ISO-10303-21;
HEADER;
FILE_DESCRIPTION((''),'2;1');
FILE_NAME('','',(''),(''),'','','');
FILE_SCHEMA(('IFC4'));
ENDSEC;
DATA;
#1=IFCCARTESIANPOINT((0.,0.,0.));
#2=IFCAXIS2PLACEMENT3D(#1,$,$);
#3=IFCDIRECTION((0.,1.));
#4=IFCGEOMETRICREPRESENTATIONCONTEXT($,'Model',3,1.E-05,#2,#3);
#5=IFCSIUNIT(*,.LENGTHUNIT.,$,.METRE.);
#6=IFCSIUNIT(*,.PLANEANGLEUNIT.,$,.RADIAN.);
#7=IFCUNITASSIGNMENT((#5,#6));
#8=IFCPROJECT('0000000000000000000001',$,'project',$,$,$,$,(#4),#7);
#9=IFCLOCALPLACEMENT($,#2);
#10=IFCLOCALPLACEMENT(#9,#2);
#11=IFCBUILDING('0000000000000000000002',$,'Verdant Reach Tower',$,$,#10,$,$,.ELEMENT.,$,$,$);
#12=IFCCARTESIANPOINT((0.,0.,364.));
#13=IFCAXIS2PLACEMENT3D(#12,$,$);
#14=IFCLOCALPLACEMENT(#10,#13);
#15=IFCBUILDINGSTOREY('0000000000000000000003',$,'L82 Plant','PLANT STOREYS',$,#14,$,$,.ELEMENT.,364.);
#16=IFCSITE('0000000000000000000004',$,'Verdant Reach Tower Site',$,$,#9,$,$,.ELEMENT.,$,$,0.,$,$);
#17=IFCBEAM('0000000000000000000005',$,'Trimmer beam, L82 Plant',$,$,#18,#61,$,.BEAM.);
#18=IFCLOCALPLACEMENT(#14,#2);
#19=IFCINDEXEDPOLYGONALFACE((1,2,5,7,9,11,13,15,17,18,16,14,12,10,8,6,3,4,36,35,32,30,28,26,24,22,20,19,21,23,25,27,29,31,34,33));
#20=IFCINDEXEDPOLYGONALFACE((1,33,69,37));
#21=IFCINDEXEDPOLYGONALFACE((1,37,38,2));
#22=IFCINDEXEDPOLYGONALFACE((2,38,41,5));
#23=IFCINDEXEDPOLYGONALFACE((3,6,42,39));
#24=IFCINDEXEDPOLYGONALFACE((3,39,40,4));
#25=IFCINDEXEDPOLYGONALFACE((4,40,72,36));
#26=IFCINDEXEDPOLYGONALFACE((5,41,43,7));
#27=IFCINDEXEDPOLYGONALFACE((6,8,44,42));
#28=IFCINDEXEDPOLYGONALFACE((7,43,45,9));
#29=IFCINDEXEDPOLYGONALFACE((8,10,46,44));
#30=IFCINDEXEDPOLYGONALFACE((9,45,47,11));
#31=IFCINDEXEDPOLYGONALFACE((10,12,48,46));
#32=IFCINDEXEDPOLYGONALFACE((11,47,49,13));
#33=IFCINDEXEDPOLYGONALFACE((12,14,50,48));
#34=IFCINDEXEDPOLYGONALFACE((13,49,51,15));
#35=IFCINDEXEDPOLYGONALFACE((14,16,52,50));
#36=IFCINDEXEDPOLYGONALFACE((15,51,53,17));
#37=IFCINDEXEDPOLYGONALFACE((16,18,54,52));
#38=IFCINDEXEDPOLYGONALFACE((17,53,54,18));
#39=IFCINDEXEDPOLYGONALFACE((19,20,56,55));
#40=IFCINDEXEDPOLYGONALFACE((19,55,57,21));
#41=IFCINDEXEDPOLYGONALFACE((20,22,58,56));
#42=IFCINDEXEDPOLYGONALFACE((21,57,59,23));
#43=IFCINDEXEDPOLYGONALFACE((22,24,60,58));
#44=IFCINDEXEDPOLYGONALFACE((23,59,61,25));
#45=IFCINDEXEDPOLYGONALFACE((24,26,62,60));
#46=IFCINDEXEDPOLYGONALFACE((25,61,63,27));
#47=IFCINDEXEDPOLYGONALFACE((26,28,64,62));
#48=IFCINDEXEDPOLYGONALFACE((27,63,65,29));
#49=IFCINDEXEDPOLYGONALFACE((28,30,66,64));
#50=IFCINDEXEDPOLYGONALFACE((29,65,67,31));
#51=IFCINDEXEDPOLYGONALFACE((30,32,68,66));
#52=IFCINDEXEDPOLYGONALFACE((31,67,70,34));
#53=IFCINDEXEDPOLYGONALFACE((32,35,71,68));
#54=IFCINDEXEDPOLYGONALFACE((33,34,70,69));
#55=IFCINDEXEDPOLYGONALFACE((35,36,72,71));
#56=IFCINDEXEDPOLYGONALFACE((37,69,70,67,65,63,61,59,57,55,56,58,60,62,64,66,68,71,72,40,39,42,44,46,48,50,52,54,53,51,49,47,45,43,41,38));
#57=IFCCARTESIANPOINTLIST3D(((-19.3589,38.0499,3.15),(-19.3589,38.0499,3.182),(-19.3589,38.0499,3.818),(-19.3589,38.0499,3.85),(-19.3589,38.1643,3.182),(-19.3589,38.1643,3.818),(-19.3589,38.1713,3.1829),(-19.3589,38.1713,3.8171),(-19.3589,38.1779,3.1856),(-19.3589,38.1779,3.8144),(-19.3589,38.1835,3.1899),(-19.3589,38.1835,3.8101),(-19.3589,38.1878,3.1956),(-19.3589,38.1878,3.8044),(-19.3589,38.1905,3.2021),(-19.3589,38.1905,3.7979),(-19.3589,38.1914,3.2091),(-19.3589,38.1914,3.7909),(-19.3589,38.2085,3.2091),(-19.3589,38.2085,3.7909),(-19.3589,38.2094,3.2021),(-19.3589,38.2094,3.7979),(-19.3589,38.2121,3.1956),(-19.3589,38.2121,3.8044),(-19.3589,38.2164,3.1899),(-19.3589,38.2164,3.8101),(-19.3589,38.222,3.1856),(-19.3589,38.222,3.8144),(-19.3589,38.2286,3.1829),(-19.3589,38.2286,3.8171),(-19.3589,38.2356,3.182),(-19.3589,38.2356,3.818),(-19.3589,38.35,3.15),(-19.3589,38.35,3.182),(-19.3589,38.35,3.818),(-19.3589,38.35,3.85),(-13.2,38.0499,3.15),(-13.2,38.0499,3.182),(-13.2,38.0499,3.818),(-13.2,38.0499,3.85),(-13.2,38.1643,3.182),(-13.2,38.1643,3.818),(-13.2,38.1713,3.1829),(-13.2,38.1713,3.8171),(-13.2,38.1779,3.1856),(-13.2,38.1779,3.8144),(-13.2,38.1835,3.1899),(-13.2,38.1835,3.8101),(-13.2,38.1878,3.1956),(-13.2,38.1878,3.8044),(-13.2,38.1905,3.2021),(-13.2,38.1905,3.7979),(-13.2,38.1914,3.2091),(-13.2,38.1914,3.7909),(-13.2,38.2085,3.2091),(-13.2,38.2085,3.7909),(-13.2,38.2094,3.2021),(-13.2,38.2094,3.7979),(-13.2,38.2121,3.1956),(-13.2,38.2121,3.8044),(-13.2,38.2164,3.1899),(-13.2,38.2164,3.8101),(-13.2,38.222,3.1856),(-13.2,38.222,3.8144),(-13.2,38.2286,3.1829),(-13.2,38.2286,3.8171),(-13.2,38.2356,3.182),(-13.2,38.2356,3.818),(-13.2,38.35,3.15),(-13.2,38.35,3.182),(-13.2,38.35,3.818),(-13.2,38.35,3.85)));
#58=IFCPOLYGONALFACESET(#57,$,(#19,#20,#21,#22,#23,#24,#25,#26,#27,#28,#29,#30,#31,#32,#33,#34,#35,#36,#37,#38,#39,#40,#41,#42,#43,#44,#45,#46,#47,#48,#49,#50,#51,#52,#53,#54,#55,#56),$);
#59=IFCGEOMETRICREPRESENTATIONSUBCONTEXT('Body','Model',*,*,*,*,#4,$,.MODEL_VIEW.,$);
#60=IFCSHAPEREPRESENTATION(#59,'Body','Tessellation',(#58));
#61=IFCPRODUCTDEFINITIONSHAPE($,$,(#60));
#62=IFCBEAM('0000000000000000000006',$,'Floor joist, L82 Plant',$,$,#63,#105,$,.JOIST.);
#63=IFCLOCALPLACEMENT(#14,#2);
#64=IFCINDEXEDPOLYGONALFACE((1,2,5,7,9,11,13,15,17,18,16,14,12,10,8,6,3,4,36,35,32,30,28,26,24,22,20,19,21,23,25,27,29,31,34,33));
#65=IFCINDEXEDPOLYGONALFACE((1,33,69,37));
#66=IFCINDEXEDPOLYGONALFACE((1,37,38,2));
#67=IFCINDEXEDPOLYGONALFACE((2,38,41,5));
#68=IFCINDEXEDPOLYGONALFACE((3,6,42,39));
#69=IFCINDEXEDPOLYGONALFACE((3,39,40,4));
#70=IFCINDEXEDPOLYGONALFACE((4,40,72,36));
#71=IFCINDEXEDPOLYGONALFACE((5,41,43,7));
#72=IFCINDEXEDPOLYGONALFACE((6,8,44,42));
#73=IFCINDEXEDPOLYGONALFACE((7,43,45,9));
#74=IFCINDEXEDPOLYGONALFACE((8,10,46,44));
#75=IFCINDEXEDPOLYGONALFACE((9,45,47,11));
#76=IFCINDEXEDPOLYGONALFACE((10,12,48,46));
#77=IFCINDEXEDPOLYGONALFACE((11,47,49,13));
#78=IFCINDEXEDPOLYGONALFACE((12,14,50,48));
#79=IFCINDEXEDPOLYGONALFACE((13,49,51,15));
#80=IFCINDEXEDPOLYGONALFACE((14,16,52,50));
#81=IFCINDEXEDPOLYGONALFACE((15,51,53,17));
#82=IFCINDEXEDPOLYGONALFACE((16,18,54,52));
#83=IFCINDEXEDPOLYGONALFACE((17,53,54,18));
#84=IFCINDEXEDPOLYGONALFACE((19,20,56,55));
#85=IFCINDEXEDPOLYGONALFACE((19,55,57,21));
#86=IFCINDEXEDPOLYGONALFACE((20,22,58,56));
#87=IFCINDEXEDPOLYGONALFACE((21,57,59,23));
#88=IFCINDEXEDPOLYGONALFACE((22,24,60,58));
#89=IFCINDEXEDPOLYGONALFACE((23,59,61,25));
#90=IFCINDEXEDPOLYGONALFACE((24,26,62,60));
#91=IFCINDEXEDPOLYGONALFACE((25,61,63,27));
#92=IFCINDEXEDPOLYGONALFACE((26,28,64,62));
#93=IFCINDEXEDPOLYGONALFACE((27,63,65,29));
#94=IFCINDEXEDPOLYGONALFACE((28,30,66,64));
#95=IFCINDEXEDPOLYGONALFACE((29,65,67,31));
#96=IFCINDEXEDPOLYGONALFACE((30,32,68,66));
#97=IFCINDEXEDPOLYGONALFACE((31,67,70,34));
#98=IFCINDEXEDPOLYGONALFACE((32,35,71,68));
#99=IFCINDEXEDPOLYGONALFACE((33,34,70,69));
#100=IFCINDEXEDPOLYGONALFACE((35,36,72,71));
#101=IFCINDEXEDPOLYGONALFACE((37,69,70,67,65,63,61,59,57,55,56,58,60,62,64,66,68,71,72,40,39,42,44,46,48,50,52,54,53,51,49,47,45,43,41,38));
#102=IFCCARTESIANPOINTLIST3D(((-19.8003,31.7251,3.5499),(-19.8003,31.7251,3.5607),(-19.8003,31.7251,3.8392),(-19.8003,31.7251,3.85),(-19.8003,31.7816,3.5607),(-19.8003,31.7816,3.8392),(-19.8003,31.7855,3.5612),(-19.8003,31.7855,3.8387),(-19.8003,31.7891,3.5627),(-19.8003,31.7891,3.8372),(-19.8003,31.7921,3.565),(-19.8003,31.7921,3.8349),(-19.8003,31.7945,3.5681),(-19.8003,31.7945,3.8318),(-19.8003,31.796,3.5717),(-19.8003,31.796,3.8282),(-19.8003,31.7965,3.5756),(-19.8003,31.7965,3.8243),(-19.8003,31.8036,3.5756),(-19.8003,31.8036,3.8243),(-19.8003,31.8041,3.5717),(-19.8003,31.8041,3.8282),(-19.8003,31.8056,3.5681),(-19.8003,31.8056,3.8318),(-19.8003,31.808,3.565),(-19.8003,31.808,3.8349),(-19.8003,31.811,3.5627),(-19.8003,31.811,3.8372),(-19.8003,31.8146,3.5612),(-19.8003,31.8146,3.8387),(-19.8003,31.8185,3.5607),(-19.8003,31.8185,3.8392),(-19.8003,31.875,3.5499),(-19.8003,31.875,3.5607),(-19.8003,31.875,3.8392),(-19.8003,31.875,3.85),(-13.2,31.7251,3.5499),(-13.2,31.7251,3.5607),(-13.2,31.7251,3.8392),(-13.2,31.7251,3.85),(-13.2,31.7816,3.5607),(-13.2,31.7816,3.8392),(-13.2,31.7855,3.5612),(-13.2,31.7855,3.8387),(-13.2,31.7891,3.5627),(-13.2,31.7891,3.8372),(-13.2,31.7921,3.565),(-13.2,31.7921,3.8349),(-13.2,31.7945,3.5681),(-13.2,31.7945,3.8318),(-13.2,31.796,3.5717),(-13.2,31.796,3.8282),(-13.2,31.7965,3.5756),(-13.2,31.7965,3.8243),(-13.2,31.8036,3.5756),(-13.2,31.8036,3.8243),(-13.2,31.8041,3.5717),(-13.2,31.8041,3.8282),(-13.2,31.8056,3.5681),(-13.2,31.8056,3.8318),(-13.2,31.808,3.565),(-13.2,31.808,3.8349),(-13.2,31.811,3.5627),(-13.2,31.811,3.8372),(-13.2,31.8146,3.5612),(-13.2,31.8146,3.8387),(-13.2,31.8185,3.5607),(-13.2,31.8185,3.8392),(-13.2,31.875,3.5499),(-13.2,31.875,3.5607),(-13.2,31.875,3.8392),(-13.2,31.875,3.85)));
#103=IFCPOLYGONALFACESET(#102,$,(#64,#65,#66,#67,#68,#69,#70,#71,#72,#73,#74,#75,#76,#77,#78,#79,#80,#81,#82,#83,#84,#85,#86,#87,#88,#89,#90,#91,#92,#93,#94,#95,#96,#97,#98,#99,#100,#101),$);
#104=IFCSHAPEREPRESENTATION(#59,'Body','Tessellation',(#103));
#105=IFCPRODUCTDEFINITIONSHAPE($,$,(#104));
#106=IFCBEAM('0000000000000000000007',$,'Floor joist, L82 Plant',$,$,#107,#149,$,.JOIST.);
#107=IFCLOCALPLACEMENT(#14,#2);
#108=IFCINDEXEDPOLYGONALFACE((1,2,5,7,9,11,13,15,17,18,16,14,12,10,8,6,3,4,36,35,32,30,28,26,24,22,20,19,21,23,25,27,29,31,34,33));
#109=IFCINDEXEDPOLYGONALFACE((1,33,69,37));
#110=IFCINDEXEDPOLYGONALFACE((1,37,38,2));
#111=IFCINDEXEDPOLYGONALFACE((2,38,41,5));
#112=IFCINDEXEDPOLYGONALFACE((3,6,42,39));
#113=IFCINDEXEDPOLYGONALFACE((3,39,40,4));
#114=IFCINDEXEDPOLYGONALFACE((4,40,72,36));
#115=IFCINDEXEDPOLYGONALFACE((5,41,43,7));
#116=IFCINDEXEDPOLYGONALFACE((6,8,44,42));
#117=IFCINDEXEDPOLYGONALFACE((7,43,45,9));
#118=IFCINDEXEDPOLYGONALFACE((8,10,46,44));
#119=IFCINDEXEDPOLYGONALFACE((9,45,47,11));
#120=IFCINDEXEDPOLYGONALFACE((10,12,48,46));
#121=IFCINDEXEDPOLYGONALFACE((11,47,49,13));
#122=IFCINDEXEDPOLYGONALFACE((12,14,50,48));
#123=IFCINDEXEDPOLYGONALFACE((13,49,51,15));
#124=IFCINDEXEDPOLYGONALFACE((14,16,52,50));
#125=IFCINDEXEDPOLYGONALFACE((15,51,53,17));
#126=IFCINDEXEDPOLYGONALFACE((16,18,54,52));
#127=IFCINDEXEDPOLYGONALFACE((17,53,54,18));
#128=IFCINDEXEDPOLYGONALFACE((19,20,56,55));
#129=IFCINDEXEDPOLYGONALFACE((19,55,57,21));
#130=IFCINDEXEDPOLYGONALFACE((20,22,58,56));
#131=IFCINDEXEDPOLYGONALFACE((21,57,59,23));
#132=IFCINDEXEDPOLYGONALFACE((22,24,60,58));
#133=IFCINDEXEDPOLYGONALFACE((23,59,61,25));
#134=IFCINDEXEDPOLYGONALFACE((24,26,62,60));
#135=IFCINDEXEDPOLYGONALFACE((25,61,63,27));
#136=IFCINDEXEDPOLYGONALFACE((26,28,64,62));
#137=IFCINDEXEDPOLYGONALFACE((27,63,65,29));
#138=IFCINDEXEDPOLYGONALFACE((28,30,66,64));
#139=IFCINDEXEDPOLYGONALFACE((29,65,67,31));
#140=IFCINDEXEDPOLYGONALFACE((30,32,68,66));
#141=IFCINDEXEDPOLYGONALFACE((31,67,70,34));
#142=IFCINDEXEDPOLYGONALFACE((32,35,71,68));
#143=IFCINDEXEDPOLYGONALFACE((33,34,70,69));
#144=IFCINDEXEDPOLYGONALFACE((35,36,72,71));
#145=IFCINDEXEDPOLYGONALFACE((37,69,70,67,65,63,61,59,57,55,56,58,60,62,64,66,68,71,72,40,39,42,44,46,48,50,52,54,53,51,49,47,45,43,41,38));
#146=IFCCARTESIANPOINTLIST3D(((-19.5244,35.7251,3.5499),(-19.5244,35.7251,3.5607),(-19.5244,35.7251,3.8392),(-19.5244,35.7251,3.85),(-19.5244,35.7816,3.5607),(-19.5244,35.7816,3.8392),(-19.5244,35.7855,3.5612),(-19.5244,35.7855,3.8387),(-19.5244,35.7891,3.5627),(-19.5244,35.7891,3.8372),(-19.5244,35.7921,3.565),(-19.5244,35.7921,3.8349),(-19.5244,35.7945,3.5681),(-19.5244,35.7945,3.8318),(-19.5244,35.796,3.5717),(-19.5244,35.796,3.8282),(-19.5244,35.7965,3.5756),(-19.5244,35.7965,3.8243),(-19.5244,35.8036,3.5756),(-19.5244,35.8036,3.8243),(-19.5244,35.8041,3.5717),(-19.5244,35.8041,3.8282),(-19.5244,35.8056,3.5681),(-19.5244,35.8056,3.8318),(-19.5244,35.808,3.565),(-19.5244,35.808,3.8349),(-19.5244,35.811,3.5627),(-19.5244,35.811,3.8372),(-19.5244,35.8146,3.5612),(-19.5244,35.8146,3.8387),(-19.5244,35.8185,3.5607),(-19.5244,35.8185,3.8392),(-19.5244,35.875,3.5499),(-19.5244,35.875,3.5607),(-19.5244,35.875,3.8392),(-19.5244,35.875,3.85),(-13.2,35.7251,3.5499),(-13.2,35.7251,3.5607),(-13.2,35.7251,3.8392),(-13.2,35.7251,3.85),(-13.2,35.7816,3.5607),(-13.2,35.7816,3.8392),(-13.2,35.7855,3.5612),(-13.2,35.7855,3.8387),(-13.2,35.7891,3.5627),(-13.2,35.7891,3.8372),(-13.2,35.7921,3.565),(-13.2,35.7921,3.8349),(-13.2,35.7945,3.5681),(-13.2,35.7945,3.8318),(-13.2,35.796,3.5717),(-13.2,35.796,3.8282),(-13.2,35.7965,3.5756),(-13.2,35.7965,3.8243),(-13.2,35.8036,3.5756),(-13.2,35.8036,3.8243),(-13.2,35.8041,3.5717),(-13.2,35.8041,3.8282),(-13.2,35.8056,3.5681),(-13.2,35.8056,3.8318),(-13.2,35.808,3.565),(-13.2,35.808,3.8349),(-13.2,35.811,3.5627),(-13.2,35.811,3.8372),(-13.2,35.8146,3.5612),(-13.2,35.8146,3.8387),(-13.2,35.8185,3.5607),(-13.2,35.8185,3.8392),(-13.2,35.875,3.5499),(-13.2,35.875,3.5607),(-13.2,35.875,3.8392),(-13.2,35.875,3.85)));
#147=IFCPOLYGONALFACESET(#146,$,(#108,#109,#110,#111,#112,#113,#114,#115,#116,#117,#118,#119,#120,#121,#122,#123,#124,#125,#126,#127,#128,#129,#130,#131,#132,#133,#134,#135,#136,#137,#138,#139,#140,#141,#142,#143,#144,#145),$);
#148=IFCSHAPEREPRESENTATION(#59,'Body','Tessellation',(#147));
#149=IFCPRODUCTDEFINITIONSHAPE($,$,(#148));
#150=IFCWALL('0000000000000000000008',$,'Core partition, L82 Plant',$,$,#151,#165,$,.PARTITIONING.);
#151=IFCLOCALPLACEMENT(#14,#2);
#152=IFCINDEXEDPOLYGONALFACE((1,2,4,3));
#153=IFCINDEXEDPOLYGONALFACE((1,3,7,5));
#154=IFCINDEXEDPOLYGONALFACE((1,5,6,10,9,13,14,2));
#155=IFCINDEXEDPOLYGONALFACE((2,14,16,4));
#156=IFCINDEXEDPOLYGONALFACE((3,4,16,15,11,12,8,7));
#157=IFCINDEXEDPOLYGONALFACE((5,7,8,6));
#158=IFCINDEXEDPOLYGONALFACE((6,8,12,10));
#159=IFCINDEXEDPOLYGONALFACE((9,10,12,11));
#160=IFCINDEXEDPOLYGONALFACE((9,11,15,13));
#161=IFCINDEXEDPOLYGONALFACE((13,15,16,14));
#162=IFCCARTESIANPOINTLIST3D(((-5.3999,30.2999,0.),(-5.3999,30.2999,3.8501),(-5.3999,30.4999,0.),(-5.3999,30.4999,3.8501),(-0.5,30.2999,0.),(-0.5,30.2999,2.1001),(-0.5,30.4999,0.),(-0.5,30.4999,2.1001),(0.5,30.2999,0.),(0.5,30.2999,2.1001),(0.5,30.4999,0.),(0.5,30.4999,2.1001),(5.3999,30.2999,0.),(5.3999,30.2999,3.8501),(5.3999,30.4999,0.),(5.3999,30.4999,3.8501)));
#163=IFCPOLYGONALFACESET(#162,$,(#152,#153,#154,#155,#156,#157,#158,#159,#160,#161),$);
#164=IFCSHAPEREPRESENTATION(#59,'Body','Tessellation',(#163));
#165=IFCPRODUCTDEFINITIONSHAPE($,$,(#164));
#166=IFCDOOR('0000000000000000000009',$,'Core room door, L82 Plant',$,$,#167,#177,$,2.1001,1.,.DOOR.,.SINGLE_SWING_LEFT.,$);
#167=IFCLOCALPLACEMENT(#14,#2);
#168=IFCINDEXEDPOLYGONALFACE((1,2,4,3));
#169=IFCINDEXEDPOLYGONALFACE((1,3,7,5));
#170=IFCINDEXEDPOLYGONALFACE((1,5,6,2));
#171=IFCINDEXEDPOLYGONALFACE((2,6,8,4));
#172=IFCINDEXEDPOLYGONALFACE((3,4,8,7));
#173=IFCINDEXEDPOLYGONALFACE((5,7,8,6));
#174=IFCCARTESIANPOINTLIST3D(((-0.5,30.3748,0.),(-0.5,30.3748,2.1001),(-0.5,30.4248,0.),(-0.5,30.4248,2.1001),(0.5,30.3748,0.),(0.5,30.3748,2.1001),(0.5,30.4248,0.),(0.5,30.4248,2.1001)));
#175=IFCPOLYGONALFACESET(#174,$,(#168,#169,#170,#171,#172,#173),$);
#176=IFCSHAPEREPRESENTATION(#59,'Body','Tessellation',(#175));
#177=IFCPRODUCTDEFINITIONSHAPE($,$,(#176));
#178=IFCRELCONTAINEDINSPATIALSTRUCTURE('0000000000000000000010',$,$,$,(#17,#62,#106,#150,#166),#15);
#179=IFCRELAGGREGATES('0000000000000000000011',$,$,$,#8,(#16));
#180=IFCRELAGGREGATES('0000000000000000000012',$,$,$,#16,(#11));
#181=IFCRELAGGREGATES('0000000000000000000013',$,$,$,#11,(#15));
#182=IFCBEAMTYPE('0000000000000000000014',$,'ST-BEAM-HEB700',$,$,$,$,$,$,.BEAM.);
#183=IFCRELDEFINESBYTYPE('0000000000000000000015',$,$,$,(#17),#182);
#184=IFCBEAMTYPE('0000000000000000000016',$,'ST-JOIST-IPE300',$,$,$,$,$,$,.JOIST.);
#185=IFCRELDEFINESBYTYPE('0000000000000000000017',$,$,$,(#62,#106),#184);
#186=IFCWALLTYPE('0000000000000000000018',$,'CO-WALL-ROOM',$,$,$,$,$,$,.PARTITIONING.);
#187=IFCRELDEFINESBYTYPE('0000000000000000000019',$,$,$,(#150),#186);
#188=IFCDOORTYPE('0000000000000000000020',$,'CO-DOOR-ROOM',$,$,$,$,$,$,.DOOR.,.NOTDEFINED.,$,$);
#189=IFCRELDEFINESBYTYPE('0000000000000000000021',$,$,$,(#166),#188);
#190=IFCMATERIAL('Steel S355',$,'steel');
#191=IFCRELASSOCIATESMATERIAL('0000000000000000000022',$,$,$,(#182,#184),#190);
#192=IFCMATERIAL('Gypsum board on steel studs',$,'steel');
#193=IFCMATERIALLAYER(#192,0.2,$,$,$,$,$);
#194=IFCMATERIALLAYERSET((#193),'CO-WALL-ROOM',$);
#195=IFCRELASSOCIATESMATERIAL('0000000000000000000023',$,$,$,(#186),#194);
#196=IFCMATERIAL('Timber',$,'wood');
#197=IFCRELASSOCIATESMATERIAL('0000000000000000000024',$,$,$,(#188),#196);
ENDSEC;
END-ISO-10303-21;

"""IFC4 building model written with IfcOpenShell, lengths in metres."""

from ifc_helpers import new_model, si_unit, direction, frame, frame_2d, origin, origin_2d, place, context, subcontext, project, spatial, rectangle, i_section, extrude, material, layer, layer_set, material_profile, profile_set, type_object, element, fill, save


model = new_model("IFC4")

# Units and contexts
model_context = context("Model", 3, precision=1e-05, world=origin(), true_north=direction((0.0, 1.0)))
body_context = subcontext(model_context, "Body", "Model", "MODEL_VIEW")
ifc_project = project(units=[si_unit("LENGTHUNIT", "METRE"), si_unit("PLANEANGLEUNIT", "RADIAN")], contexts=[model_context])

# Site, building, storey
site_placement = place(None, origin())
site = spatial("IfcSite", under=ifc_project, at=site_placement, Name="Verdant Reach Tower Site", CompositionType="ELEMENT", RefElevation=0.0)
building_placement = place(site_placement, origin())
building = spatial("IfcBuilding", under=site, at=building_placement, Name="Verdant Reach Tower", CompositionType="ELEMENT")
storey_placement = place(building_placement, frame((0.0, 0.0, 364.0)))
storey = spatial("IfcBuildingStorey", under=building, at=storey_placement, Name="L82 Plant", Description="PLANT STOREYS", CompositionType="ELEMENT", Elevation=364.0)

# Beams
ifc_material_1 = material(Name="Steel S355", Category="steel")
ifc_material_profile_1 = material_profile(ifc_material_1, i_section(OverallWidth=0.3, OverallDepth=0.7, WebThickness=0.0171, FlangeThickness=0.032, FilletRadius=0.0271, at=origin_2d()), Name="HEB 700")
ifc_profile_set_1 = profile_set([ifc_material_profile_1], Name="Steel S355")
beam_type_1 = type_object("IfcBeamType", Name="ST-BEAM-HEB700", PredefinedType="BEAM", material=ifc_profile_set_1)
beam_1_placement = place(storey_placement, frame((-13.2, 38.2, 3.5), z_axis=(-1.0, 0.0, 0.0), x_axis=(0.0, -1.0, 0.0)))
element("IfcBeam", 1, at=beam_1_placement, inside=storey, type_object=beam_type_1, Name="Trimmer beam, L82 Plant", PredefinedType="BEAM", context=body_context, shape_type="SweptSolid", body=[
    extrude(i_section(OverallWidth=0.3, OverallDepth=0.7, WebThickness=0.0171, FlangeThickness=0.032, FilletRadius=0.0271, at=origin_2d()), origin(), (0.0, 0.0, 1.0), 6.1589),
])
ifc_material_profile_2 = material_profile(ifc_material_1, i_section(OverallWidth=0.1499, OverallDepth=0.3, WebThickness=0.0071, FlangeThickness=0.0107, FilletRadius=0.0149, at=origin_2d()), Name="IPE 300")
ifc_profile_set_2 = profile_set([ifc_material_profile_2], Name="Steel S355")
beam_type_2 = type_object("IfcBeamType", Name="ST-JOIST-IPE300", PredefinedType="JOIST", material=ifc_profile_set_2)
beam_2_placement = place(storey_placement, frame((-13.2, 31.8, 3.7), z_axis=(-1.0, 0.0, 0.0), x_axis=(0.0, -1.0, 0.0)))
element("IfcBeam", 2, at=beam_2_placement, inside=storey, type_object=beam_type_2, Name="Floor joist, L82 Plant", PredefinedType="JOIST", context=body_context, shape_type="SweptSolid", body=[
    extrude(i_section(OverallWidth=0.1499, OverallDepth=0.3, WebThickness=0.0071, FlangeThickness=0.0107, FilletRadius=0.0149, at=origin_2d()), origin(), (0.0, 0.0, 1.0), 6.6003),
])
beam_3_placement = place(storey_placement, frame((-13.2, 35.8, 3.7), z_axis=(-1.0, 0.0, 0.0), x_axis=(0.0, -1.0, 0.0)))
element("IfcBeam", 3, at=beam_3_placement, inside=storey, type_object=beam_type_2, Name="Floor joist, L82 Plant", PredefinedType="JOIST", context=body_context, shape_type="SweptSolid", body=[
    extrude(i_section(OverallWidth=0.1499, OverallDepth=0.3, WebThickness=0.0071, FlangeThickness=0.0107, FilletRadius=0.0149, at=origin_2d()), origin(), (0.0, 0.0, 1.0), 6.3245),
])

# Wall, opening, door
ifc_material_2 = material(Name="Gypsum board on steel studs", Category="steel")
ifc_layer_1 = layer(ifc_material_2, 0.2)
ifc_layer_set_1 = layer_set([ifc_layer_1], Name="CO-WALL-ROOM")
wall_type_1 = type_object("IfcWallType", Name="CO-WALL-ROOM", PredefinedType="PARTITIONING", material=ifc_layer_set_1)
wall_1_placement = place(storey_placement, frame((-5.3999, 30.3999, 0.0), z_axis=(0.0, 0.0, 1.0), x_axis=(1.0, 0.0, 0.0)))
wall_1 = element("IfcWall", 4, at=wall_1_placement, inside=storey, type_object=wall_type_1, Name="Core partition, L82 Plant", PredefinedType="PARTITIONING", context=body_context, shape_type="SweptSolid", body=[
    extrude(rectangle(XDim=10.7998, YDim=0.2, at=frame_2d((5.3999, 0.0))), origin(), (0.0, 0.0, 1.0), 3.8501),
])
opening_1_placement = place(wall_1_placement, frame((4.8999, 0.0, 0.0)))
opening_1 = element("IfcOpeningElement", 5, at=opening_1_placement, cuts=wall_1, PredefinedType="OPENING", context=body_context, shape_type="SweptSolid", body=[
    extrude(rectangle(XDim=1.0, YDim=2.1001, at=frame_2d((0.5, 1.05))), frame((0.0, 0.1099, 0.0), z_axis=(0.0, -1.0, 0.0), x_axis=(1.0, 0.0, 0.0)), (0.0, 0.0, 1.0), 0.22),
])
ifc_material_3 = material(Name="Timber", Category="wood")
door_type_1 = type_object("IfcDoorType", Name="CO-DOOR-ROOM", OperationType="NOTDEFINED", PredefinedType="DOOR", material=ifc_material_3)
door_1_placement = place(opening_1_placement, origin())
door_1 = element("IfcDoor", 6, at=door_1_placement, inside=storey, type_object=door_type_1, Name="Core room door, L82 Plant", OperationType="SINGLE_SWING_LEFT", OverallHeight=2.1001, OverallWidth=1.0, PredefinedType="DOOR", context=body_context, shape_type="SweptSolid", body=[
    extrude(rectangle(XDim=1.0, YDim=2.1001, at=frame_2d((0.5, 1.05))), frame((0.0, 0.0249, 0.0), z_axis=(0.0, -1.0, 0.0), x_axis=(1.0, 0.0, 0.0)), (0.0, 0.0, 1.0), 0.05),
])
fill(opening_1, door_1)

save(model, "model.ifc")
